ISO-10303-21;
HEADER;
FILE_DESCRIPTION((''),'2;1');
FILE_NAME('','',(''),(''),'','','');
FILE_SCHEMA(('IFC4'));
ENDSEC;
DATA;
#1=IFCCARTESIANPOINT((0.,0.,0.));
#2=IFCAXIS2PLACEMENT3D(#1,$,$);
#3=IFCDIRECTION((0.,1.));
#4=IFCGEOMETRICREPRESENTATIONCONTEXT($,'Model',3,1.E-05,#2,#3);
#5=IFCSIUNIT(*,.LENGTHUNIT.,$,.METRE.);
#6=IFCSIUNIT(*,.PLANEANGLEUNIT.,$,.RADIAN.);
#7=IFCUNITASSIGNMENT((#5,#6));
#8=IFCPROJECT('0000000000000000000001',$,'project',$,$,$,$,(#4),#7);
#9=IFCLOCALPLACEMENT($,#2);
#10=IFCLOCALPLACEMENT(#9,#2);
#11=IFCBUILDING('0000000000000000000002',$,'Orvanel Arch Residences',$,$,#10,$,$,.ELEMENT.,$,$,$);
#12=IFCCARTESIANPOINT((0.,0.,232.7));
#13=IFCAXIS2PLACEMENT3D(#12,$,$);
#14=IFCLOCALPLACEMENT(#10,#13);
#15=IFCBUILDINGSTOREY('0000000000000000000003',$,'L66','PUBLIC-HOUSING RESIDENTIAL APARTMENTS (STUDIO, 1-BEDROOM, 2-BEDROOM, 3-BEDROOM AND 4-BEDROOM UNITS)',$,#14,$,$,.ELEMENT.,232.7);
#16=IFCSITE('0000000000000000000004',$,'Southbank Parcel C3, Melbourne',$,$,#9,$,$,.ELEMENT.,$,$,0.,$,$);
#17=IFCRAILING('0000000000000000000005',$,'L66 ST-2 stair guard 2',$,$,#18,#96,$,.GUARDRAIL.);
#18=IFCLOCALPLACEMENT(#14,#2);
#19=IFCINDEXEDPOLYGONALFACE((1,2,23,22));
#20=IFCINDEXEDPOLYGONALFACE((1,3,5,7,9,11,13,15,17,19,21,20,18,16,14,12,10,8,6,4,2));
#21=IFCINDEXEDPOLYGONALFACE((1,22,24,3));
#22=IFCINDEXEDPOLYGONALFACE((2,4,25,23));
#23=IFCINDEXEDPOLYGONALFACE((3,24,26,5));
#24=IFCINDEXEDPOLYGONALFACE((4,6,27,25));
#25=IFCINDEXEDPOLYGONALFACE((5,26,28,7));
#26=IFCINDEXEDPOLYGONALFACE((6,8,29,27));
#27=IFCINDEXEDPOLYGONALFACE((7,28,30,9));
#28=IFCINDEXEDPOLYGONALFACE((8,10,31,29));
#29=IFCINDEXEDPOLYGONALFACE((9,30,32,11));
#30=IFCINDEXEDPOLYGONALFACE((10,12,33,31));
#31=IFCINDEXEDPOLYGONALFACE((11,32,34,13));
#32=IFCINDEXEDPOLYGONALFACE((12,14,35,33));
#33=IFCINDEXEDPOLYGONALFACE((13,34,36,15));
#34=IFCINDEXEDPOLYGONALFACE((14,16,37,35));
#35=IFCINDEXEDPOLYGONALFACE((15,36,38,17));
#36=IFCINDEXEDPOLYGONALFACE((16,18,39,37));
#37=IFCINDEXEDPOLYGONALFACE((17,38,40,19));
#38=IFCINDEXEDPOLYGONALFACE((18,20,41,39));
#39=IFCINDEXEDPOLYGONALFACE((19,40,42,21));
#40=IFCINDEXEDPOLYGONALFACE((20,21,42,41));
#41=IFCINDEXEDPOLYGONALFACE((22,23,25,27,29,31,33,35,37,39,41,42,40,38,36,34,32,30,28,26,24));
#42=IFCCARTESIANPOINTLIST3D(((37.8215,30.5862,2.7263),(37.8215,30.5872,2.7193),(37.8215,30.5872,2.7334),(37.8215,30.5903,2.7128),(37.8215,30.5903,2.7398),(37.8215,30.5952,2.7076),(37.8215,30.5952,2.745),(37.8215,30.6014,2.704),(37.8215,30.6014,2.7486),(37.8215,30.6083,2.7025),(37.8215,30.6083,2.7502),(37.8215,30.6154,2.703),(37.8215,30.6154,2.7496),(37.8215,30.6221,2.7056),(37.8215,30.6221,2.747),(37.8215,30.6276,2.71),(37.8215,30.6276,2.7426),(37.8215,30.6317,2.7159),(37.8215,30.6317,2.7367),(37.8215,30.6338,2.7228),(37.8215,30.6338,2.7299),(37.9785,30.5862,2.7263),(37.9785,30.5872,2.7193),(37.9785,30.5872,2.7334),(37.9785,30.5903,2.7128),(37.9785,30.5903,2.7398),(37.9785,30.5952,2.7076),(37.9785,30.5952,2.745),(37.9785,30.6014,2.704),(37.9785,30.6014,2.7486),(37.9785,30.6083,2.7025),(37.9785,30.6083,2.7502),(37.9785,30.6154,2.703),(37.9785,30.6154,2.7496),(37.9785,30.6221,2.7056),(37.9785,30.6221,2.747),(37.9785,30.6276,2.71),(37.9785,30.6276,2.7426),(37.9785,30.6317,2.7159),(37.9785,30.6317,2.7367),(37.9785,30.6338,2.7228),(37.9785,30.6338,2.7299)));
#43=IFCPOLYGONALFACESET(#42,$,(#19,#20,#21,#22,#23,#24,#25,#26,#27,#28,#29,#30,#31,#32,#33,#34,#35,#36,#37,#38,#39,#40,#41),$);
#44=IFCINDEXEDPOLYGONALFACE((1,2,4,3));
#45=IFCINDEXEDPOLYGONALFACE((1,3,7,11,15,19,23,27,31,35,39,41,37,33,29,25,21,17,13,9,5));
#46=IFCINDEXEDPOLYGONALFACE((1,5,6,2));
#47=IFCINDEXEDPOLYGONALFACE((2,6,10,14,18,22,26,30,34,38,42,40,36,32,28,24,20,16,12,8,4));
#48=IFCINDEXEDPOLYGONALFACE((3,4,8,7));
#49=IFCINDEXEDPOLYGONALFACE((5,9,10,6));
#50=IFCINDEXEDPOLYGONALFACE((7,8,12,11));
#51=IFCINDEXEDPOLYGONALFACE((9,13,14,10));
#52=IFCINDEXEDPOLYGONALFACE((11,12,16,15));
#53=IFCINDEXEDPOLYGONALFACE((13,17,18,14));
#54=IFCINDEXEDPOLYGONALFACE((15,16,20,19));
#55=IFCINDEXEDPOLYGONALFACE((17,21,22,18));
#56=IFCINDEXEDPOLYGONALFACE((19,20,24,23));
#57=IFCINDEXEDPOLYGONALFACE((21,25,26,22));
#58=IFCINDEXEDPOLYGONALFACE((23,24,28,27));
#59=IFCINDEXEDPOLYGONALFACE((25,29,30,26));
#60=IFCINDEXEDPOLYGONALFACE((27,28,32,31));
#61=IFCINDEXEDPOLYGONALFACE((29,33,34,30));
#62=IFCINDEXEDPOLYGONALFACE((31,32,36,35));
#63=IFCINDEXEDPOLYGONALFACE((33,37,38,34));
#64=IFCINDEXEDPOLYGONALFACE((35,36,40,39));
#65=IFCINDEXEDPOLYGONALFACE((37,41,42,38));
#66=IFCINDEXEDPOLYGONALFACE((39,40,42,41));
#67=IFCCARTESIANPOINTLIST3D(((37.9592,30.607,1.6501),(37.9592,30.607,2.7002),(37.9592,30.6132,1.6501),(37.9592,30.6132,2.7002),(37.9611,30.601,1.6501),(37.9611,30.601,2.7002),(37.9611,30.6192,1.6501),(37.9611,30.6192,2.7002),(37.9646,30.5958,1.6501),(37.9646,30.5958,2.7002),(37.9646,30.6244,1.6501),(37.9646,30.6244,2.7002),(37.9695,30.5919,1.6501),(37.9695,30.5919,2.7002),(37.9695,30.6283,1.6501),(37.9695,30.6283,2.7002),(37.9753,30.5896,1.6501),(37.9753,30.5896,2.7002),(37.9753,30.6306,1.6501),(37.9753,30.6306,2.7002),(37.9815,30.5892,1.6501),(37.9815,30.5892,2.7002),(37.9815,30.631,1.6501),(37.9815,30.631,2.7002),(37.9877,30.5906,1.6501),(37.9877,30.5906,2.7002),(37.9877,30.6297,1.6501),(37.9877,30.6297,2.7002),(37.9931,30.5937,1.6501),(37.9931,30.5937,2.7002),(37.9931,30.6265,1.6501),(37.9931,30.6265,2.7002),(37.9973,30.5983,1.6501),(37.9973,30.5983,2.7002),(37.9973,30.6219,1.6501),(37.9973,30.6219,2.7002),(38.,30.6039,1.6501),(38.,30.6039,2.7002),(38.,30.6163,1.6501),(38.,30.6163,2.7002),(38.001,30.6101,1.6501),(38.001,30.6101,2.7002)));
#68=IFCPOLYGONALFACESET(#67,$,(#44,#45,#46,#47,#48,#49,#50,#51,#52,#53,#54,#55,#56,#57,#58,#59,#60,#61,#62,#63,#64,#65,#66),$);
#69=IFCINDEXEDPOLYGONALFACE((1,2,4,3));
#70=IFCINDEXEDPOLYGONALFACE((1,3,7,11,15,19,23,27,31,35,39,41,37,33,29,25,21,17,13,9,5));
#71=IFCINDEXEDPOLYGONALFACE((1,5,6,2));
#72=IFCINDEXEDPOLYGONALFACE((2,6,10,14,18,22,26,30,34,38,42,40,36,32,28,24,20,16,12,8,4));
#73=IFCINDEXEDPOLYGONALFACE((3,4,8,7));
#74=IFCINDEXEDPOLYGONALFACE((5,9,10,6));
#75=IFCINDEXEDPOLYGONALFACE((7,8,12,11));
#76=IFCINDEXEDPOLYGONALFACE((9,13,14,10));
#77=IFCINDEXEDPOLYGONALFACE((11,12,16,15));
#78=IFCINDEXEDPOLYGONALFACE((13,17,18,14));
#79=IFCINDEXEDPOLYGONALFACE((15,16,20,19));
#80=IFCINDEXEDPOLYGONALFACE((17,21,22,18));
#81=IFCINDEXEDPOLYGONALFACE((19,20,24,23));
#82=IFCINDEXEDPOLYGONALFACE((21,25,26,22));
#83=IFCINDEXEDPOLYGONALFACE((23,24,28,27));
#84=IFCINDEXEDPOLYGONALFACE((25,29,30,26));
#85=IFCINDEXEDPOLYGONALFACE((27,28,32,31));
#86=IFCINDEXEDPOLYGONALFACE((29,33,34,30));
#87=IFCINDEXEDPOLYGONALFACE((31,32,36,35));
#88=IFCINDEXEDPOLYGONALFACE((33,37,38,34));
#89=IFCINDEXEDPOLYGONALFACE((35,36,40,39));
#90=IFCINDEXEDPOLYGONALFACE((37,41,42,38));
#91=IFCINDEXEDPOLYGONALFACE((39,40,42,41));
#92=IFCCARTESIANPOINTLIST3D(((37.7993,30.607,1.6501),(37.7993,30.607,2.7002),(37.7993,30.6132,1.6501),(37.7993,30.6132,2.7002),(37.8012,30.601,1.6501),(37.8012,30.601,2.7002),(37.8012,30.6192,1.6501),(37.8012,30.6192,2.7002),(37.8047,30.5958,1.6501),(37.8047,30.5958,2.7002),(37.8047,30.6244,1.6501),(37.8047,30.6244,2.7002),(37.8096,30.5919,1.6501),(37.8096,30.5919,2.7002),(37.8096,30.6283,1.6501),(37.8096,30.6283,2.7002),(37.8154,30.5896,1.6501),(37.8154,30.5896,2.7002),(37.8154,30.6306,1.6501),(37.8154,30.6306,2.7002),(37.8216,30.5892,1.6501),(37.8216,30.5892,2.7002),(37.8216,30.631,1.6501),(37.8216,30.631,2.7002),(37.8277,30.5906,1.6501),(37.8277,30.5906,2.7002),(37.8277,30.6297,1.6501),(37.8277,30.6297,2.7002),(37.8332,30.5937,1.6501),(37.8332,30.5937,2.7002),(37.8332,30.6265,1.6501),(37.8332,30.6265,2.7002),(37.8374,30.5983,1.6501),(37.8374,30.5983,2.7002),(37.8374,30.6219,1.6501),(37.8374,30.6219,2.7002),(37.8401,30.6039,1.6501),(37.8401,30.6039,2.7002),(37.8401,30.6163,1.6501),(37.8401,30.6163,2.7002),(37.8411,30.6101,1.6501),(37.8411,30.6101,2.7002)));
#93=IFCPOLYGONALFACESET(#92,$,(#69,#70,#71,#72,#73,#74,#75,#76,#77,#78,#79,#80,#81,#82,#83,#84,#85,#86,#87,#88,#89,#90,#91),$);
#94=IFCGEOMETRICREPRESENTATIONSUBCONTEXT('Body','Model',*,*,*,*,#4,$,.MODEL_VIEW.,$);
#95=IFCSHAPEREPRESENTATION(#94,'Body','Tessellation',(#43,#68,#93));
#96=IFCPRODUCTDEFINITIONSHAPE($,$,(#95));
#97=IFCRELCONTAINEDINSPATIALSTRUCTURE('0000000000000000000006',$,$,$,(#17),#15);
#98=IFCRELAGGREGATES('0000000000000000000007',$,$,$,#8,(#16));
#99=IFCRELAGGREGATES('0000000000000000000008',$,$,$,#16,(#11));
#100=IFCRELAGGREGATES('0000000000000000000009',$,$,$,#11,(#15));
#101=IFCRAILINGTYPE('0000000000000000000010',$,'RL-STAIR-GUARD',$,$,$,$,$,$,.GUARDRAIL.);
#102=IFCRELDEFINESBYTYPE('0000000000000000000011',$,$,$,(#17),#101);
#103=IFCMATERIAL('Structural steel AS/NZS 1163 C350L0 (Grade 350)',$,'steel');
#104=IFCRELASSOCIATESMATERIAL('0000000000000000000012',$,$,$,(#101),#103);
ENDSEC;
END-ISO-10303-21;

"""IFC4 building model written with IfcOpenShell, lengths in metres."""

from ifc_helpers import new_model, si_unit, direction, frame, origin, origin_2d, place, context, subcontext, project, spatial, circle, extrude, material, type_object, element, save


model = new_model("IFC4")

# Units and contexts
model_context = context("Model", 3, precision=1e-05, world=origin(), true_north=direction((0.0, 1.0)))
body_context = subcontext(model_context, "Body", "Model", "MODEL_VIEW")
ifc_project = project(units=[si_unit("LENGTHUNIT", "METRE"), si_unit("PLANEANGLEUNIT", "RADIAN")], contexts=[model_context])

# Site, building, storey
site_placement = place(None, origin())
site = spatial("IfcSite", under=ifc_project, at=site_placement, Name="Southbank Parcel C3, Melbourne", CompositionType="ELEMENT", RefElevation=0.0)
building_placement = place(site_placement, origin())
building = spatial("IfcBuilding", under=site, at=building_placement, Name="Orvanel Arch Residences", CompositionType="ELEMENT")
storey_placement = place(building_placement, frame((0.0, 0.0, 232.7)))
storey = spatial("IfcBuildingStorey", under=building, at=storey_placement, Name="L66", Description="PUBLIC-HOUSING RESIDENTIAL APARTMENTS (STUDIO, 1-BEDROOM, 2-BEDROOM, 3-BEDROOM AND 4-BEDROOM UNITS)", CompositionType="ELEMENT", Elevation=232.7)

# Railing
ifc_material_1 = material(Name="Structural steel AS/NZS 1163 C350L0 (Grade 350)", Category="steel")
railing_type_1 = type_object("IfcRailingType", Name="RL-STAIR-GUARD", PredefinedType="GUARDRAIL", material=ifc_material_1)
railing_1_placement = place(storey_placement, frame((37.98, 30.6101, 1.6501)))
element("IfcRailing", 1, at=railing_1_placement, inside=storey, type_object=railing_type_1, Name="L66 ST-2 stair guard 2", PredefinedType="GUARDRAIL", context=body_context, shape_type="SweptSolid", body=[
    extrude(circle(Radius=0.0239, at=origin_2d()), frame((-0.0015, 0.0, 1.0762), z_axis=(-1.0, 0.0, 0.0), x_axis=(0.0, -1.0, 0.0)), (0.0, 0.0, 1.0), 0.157),
    extrude(circle(Radius=0.021, at=origin_2d()), origin(), (0.0, 0.0, 1.0), 1.05),
    extrude(circle(Radius=0.021, at=origin_2d()), frame((-0.1599, 0.0, 0.0)), (0.0, 0.0, 1.0), 1.05),
])

save(model, "model.ifc")
